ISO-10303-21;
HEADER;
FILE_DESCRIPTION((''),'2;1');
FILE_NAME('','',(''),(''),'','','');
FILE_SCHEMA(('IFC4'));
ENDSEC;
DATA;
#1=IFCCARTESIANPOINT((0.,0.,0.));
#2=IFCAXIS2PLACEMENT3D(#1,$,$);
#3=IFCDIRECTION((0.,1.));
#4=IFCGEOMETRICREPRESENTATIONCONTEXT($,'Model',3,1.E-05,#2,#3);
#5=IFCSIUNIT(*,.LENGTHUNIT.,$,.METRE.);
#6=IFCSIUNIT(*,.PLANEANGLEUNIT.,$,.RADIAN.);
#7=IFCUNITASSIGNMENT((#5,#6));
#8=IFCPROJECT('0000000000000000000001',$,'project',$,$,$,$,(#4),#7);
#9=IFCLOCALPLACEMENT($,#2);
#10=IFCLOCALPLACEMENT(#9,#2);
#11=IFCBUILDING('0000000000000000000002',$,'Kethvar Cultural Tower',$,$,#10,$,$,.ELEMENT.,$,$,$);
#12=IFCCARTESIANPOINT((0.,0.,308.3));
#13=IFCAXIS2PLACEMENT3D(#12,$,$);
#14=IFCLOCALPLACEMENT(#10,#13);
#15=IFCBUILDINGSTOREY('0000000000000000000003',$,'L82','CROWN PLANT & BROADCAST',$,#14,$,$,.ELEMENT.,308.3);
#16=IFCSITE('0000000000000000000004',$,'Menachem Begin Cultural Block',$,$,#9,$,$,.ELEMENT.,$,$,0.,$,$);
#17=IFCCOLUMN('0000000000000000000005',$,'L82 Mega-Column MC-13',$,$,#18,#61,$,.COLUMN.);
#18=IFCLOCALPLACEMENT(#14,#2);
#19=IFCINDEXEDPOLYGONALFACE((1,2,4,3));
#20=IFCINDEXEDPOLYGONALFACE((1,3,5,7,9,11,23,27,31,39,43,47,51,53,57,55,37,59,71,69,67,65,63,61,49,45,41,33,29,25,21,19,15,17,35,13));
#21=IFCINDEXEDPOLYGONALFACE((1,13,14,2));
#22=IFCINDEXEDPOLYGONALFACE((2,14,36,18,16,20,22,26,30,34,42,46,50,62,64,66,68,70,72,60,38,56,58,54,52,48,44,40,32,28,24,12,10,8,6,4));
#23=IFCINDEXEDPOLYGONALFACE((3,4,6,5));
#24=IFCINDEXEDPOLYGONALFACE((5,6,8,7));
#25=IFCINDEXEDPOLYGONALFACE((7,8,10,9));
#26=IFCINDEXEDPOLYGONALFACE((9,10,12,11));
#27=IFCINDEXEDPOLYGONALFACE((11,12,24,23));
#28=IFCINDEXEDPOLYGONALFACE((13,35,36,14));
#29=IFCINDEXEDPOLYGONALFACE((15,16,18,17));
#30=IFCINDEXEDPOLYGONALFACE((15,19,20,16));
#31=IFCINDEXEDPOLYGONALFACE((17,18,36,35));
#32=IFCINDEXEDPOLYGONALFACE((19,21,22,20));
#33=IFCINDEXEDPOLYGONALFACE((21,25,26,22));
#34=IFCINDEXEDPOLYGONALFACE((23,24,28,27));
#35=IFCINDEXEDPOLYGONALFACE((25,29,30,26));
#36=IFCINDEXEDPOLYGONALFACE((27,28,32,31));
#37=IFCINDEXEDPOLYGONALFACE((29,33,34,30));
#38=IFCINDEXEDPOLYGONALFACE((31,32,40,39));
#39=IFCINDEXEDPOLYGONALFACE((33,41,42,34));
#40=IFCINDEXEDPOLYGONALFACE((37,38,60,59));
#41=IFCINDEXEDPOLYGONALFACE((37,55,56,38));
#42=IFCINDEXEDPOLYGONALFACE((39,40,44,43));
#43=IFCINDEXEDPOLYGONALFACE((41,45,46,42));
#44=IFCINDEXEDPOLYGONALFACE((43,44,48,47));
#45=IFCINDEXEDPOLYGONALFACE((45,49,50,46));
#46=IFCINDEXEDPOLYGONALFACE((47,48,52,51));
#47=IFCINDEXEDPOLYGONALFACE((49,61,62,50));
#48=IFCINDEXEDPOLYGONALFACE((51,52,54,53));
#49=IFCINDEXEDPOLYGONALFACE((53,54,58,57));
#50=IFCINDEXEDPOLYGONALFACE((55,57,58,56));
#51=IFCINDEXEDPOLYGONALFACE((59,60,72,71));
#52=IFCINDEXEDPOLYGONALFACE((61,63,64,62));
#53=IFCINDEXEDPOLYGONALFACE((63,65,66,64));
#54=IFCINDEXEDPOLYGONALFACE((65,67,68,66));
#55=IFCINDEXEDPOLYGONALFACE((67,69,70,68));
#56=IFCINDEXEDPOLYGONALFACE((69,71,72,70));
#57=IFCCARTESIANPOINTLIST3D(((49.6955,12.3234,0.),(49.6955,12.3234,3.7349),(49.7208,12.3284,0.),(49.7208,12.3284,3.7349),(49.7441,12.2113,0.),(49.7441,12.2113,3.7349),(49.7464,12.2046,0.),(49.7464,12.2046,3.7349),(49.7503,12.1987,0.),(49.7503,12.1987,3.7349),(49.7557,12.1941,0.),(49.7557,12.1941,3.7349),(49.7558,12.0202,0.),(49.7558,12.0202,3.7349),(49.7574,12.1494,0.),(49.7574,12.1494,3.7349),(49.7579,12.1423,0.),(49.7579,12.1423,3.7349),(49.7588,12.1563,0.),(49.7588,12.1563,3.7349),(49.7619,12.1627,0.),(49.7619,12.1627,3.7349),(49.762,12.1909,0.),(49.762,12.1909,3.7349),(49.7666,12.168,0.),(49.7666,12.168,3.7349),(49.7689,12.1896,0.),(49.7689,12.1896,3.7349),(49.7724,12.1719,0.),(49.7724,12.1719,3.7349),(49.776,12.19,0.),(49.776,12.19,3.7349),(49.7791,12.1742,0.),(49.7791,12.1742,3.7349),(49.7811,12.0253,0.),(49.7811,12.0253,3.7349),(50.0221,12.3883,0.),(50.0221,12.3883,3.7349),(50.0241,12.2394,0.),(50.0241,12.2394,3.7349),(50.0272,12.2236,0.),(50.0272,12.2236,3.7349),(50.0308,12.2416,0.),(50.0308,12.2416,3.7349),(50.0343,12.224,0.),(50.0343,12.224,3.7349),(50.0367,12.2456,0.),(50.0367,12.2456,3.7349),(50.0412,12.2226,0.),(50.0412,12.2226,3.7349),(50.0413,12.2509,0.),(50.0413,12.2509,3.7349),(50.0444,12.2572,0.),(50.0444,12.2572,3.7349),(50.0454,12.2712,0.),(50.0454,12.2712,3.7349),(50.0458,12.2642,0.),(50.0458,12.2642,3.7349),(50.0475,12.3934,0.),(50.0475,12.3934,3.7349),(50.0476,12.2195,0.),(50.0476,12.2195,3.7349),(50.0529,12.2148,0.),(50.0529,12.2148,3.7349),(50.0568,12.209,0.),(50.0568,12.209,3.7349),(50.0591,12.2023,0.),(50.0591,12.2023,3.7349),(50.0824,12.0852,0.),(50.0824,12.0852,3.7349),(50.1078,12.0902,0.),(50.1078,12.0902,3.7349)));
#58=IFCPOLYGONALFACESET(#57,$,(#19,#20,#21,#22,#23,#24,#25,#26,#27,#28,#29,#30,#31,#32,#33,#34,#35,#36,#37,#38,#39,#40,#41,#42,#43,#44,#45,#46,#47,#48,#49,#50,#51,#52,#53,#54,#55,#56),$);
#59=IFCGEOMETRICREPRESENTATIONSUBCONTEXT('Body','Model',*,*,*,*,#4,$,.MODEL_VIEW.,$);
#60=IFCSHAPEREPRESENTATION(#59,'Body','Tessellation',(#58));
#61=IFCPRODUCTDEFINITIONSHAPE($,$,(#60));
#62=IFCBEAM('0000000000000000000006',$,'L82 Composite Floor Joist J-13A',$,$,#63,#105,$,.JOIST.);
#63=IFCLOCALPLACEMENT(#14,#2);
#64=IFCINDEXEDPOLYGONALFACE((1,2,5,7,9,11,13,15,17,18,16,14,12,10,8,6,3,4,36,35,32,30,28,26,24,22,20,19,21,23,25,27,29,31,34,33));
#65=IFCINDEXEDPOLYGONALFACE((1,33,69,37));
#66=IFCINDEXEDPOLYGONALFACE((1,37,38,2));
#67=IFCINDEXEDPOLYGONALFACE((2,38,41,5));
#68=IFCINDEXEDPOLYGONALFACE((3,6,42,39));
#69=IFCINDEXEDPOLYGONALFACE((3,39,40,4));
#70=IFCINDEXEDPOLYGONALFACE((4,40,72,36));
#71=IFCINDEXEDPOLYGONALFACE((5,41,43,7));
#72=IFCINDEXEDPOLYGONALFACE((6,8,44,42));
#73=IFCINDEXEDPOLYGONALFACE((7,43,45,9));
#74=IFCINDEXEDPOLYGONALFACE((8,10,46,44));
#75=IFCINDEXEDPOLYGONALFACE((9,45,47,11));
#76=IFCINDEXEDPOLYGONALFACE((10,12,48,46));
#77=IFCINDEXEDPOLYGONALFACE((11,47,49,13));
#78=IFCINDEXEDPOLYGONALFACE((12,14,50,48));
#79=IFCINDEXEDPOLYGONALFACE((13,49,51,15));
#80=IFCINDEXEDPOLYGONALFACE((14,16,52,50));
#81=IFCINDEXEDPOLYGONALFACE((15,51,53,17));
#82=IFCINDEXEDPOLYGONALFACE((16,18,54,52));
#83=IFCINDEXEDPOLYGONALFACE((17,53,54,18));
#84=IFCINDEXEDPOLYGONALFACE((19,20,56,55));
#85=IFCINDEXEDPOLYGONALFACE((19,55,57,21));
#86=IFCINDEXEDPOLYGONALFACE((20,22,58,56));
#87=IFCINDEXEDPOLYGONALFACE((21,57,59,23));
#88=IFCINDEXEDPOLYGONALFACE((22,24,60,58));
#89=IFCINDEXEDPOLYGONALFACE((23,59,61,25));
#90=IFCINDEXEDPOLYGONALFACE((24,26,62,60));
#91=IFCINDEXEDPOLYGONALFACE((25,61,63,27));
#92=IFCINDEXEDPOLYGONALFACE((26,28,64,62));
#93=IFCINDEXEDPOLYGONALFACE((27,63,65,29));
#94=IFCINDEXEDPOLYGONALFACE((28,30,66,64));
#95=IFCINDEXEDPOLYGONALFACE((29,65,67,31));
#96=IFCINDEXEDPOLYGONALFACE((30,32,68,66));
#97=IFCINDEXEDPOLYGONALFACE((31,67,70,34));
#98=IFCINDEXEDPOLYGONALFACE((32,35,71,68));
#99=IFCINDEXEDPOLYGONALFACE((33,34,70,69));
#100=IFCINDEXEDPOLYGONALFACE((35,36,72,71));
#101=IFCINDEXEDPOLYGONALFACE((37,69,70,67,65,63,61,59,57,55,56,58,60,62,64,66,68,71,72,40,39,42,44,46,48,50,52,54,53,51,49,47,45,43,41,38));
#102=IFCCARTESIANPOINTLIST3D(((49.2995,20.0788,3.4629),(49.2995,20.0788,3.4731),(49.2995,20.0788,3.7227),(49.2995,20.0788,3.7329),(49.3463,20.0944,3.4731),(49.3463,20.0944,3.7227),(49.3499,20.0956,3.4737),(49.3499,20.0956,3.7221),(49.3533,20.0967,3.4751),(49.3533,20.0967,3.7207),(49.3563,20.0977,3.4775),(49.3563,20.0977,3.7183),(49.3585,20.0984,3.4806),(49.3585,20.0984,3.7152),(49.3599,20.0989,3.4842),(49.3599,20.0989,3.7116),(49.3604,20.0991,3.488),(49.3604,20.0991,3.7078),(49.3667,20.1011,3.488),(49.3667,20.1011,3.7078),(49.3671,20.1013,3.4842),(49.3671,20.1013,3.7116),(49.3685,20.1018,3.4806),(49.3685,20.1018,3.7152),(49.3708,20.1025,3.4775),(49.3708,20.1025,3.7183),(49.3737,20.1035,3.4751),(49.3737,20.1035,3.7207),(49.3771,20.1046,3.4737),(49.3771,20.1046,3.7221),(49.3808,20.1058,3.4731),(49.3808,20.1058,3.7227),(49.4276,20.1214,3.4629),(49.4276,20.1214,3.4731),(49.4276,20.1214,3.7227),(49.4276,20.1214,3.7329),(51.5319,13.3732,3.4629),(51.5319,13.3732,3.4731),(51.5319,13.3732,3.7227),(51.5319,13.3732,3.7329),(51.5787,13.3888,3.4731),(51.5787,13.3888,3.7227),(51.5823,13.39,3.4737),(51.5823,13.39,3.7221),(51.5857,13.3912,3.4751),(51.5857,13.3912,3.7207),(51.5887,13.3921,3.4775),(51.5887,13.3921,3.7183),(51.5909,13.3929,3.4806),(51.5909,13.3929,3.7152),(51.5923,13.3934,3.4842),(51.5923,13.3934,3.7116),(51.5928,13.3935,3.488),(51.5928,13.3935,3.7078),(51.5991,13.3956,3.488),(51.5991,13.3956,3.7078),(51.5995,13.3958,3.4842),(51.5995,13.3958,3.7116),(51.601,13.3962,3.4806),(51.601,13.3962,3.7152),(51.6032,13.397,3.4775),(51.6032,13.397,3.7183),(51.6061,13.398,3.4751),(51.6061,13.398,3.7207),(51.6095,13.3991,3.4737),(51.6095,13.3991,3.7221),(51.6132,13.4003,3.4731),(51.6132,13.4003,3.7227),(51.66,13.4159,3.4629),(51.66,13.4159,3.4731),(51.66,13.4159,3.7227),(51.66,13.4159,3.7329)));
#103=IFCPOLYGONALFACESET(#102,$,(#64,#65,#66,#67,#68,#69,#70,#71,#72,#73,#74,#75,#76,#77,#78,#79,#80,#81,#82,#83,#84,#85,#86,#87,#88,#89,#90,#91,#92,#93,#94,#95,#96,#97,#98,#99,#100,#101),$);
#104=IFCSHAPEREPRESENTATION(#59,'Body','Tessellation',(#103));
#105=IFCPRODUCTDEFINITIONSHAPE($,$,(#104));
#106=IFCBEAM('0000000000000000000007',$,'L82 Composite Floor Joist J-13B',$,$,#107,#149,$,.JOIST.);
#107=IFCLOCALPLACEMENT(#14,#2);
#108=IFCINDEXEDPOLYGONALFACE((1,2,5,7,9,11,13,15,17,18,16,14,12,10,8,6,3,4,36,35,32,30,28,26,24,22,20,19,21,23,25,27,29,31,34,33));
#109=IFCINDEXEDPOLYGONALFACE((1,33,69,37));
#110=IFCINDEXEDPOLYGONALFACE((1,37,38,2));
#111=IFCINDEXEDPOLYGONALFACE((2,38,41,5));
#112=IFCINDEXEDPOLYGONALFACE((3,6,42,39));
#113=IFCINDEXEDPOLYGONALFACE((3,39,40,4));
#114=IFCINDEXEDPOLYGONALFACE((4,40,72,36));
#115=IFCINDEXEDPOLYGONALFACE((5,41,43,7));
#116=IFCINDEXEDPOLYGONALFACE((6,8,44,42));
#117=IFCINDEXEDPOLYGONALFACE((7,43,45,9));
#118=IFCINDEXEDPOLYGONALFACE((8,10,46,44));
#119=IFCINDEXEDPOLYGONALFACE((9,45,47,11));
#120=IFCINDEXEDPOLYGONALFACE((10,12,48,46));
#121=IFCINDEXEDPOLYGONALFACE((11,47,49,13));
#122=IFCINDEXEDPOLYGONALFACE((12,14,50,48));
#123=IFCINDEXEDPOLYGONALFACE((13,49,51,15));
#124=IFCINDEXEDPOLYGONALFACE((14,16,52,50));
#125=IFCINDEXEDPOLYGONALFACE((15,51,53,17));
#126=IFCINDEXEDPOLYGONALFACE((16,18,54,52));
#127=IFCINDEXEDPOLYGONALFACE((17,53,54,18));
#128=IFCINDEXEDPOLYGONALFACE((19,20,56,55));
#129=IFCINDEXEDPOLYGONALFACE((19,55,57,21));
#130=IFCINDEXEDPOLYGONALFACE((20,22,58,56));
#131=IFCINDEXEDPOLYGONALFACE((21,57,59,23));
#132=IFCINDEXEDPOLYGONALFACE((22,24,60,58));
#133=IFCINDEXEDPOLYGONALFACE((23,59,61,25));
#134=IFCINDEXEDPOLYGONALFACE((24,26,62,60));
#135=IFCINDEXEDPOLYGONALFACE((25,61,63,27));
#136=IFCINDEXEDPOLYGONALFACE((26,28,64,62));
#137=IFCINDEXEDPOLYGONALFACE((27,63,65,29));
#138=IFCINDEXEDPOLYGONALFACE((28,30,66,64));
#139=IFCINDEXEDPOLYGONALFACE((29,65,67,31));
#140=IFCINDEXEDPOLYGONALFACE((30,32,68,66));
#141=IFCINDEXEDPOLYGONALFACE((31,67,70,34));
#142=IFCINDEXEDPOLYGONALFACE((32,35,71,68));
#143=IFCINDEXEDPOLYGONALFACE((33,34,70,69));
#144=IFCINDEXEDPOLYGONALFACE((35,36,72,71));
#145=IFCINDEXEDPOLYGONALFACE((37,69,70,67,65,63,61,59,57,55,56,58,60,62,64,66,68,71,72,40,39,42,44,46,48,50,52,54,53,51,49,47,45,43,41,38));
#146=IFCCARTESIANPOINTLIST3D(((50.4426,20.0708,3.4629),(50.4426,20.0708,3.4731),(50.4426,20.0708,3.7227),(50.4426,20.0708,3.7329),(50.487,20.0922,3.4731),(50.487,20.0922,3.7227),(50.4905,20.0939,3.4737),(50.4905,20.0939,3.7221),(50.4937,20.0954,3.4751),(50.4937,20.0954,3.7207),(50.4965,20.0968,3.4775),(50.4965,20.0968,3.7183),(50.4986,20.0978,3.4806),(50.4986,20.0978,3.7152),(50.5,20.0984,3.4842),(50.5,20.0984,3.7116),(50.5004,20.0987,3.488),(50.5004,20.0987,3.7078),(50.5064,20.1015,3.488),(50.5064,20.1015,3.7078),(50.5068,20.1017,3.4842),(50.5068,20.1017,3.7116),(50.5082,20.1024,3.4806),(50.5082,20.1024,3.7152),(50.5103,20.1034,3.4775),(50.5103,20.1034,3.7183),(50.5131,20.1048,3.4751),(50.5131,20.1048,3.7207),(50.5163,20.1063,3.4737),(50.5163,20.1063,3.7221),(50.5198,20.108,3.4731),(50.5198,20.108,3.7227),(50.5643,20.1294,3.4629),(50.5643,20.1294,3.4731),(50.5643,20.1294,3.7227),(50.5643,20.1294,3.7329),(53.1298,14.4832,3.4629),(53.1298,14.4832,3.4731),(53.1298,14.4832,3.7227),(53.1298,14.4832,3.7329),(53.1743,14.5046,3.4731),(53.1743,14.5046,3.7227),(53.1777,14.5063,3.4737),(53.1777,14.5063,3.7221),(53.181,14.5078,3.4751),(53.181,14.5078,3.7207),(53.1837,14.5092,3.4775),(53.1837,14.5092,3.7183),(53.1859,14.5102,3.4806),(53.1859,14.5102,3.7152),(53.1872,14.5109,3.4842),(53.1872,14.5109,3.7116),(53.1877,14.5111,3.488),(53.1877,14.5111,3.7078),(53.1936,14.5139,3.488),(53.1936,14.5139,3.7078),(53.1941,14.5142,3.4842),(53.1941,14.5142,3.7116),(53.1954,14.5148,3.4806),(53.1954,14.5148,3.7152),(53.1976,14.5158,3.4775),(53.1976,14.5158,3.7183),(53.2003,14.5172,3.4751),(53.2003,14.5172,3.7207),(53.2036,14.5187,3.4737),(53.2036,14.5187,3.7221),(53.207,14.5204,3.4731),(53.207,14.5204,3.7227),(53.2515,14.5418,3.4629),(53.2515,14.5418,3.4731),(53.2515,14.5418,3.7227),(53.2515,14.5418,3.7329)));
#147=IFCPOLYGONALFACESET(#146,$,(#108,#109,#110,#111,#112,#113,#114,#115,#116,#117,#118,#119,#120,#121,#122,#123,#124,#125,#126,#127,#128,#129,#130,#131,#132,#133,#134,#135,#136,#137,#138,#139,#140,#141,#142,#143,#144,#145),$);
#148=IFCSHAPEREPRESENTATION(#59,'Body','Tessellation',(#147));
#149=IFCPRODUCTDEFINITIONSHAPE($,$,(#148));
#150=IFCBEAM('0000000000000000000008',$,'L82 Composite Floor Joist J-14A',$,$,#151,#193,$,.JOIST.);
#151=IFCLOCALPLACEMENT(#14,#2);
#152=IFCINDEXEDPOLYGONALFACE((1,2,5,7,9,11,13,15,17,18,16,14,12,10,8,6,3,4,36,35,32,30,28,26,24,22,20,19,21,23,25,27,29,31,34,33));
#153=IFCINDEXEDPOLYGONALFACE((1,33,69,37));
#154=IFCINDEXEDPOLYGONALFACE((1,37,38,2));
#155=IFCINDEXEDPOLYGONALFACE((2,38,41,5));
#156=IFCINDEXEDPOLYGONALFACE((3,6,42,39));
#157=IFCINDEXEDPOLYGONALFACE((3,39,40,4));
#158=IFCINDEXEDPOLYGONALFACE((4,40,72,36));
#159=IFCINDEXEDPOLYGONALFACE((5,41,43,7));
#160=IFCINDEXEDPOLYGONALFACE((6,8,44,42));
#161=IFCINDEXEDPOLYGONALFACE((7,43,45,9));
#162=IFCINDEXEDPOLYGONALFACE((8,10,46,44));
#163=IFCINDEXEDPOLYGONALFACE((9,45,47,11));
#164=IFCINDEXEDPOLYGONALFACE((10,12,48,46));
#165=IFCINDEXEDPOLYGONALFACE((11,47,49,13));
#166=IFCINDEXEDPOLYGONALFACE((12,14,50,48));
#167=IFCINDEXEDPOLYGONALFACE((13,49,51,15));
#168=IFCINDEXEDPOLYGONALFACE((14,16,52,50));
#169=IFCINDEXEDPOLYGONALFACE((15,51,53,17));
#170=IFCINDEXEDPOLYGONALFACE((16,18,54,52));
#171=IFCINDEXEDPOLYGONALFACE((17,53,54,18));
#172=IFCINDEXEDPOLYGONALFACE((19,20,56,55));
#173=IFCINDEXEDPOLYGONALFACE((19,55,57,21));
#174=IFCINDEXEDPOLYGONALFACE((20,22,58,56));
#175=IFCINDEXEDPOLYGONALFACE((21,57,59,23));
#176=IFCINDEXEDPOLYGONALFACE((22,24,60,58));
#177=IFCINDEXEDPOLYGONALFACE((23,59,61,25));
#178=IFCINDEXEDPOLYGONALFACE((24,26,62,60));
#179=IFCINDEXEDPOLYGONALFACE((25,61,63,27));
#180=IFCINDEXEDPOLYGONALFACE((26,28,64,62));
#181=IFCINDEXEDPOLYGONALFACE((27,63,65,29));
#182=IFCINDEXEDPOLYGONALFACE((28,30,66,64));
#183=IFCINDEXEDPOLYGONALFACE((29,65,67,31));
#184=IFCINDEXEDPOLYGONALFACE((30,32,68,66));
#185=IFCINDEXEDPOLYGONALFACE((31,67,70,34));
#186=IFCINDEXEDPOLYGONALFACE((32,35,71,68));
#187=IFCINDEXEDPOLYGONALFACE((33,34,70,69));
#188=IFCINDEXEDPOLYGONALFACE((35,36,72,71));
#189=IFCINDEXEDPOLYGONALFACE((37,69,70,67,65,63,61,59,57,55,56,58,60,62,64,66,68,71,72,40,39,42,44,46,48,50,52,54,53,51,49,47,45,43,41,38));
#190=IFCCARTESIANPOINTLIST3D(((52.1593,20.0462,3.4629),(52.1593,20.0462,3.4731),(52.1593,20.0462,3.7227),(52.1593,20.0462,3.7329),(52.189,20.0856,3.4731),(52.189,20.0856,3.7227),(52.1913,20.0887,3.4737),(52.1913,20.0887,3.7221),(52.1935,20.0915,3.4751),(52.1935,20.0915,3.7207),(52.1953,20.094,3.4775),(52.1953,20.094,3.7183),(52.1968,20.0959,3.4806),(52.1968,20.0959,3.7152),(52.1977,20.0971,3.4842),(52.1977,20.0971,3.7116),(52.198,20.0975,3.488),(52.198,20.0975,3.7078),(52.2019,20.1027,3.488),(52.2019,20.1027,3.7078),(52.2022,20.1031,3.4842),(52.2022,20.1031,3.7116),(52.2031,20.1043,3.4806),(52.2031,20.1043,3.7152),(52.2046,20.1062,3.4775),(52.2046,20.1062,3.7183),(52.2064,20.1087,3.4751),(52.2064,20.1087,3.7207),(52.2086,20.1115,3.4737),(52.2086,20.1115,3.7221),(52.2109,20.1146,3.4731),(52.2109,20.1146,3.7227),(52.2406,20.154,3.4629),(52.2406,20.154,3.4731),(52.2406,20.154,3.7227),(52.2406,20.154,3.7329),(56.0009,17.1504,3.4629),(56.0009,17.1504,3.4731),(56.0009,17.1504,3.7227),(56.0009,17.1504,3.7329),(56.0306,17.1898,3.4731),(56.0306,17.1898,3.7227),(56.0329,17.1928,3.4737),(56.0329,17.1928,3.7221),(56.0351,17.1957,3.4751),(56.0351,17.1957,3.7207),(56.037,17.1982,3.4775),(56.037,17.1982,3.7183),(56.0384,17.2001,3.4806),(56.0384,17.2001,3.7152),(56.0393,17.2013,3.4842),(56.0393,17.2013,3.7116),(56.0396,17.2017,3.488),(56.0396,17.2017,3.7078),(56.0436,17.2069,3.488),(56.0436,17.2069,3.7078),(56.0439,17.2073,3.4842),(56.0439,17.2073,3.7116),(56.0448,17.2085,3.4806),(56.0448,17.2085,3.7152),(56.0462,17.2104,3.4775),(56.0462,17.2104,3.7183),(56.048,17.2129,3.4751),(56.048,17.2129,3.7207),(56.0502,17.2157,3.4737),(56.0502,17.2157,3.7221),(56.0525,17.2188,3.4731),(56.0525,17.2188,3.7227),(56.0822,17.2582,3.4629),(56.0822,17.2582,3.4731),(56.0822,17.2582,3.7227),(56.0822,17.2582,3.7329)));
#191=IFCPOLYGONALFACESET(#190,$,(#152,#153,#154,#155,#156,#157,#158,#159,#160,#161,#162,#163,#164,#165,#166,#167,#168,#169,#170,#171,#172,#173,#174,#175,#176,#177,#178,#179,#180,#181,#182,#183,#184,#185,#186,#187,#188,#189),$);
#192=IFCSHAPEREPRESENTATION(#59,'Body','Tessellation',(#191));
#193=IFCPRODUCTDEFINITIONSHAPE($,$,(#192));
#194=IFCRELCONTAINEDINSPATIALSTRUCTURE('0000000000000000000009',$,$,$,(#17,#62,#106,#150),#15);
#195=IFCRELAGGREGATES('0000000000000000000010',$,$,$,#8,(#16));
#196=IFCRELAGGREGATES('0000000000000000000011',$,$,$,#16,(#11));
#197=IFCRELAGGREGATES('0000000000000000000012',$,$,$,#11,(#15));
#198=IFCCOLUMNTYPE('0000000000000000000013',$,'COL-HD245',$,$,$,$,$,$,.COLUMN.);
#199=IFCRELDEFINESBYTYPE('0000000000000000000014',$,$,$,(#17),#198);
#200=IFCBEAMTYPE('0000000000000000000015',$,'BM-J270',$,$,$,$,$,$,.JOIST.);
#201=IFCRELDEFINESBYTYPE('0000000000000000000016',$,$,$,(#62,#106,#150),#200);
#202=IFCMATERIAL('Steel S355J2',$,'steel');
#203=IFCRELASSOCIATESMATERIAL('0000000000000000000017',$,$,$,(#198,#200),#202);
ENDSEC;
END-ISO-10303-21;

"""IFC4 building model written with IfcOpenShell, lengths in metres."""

from ifc_helpers import new_model, si_unit, direction, frame, origin, origin_2d, place, context, subcontext, project, spatial, i_section, extrude, source, transform, mapped, material, material_profile, profile_set, type_object, element, save


model = new_model("IFC4")

# Units and contexts
model_context = context("Model", 3, precision=1e-05, world=origin(), true_north=direction((0.0, 1.0)))
body_context = subcontext(model_context, "Body", "Model", "MODEL_VIEW")
ifc_project = project(units=[si_unit("LENGTHUNIT", "METRE"), si_unit("PLANEANGLEUNIT", "RADIAN")], contexts=[model_context])

# Site, building, storey
site_placement = place(None, origin())
site = spatial("IfcSite", under=ifc_project, at=site_placement, Name="Menachem Begin Cultural Block", CompositionType="ELEMENT", RefElevation=0.0)
building_placement = place(site_placement, origin())
building = spatial("IfcBuilding", under=site, at=building_placement, Name="Kethvar Cultural Tower", CompositionType="ELEMENT")
storey_placement = place(building_placement, frame((0.0, 0.0, 308.3)))
storey = spatial("IfcBuildingStorey", under=building, at=storey_placement, Name="L82", Description="CROWN PLANT & BROADCAST", CompositionType="ELEMENT", Elevation=308.3)

# Column
ifc_material_1 = material(Name="Steel S355J2", Category="steel")
ifc_material_profile_1 = material_profile(ifc_material_1, i_section(OverallWidth=0.3091, OverallDepth=0.3589, WebThickness=0.0161, FlangeThickness=0.0259, FilletRadius=0.0271, at=origin_2d()), Name="Steel S355J2 — HD320x245")
ifc_profile_set_1 = profile_set([ifc_material_profile_1], Name="Steel S355J2 — HD320x245")
column_type = type_object("IfcColumnType", Name="COL-HD245", PredefinedType="COLUMN", material=ifc_profile_set_1)
shared_shape_1 = source(origin(), body_context, "Body", "SweptSolid", [
    extrude(i_section(OverallWidth=0.3091, OverallDepth=0.3589, WebThickness=0.0161, FlangeThickness=0.0259, FilletRadius=0.0271, at=origin_2d()), origin(), (0.0, 0.0, 1.0), 3.7349),
])
column_placement = place(storey_placement, frame((49.9016, 12.2068, 0.0), z_axis=(0.0, 0.0, 1.0), x_axis=(0.19509, -0.980785, 0.0)))
element("IfcColumn", 1, at=column_placement, inside=storey, type_object=column_type, Name="L82 Mega-Column MC-13", PredefinedType="COLUMN", context=body_context, shape_type="MappedRepresentation", body=[
    mapped(shared_shape_1, transform((0.0, 0.0, 0.0), scale=1.0)),
])

# Beams
ifc_material_profile_2 = material_profile(ifc_material_1, i_section(OverallWidth=0.135, OverallDepth=0.27, WebThickness=0.0066, FlangeThickness=0.0103, FilletRadius=0.0149, at=origin_2d()), Name="Steel S355J2 — IPE270")
ifc_profile_set_2 = profile_set([ifc_material_profile_2], Name="Steel S355J2 — IPE270")
beam_type_1 = type_object("IfcBeamType", Name="BM-J270", PredefinedType="JOIST", material=ifc_profile_set_2)
shared_shape_2 = source(origin(), body_context, "Body", "SweptSolid", [
    extrude(i_section(OverallWidth=0.135, OverallDepth=0.27, WebThickness=0.0066, FlangeThickness=0.0103, FilletRadius=0.0149, at=origin_2d()), origin(), (0.0, 0.0, 1.0), 7.0674),
])
beam_1_placement = place(storey_placement, frame((49.3635, 20.1001, 3.5979), z_axis=(0.315875, -0.948801, 0.0), x_axis=(0.948801, 0.315875, 0.0)))
element("IfcBeam", 2, at=beam_1_placement, inside=storey, type_object=beam_type_1, Name="L82 Composite Floor Joist J-13A", PredefinedType="JOIST", context=body_context, shape_type="MappedRepresentation", body=[
    mapped(shared_shape_2, transform((0.0, 0.0, 0.0), scale=1.0)),
])
shared_shape_3 = source(origin(), body_context, "Body", "SweptSolid", [
    extrude(i_section(OverallWidth=0.135, OverallDepth=0.27, WebThickness=0.0066, FlangeThickness=0.0103, FilletRadius=0.0149, at=origin_2d()), origin(), (0.0, 0.0, 1.0), 6.2002),
])
beam_2_placement = place(storey_placement, frame((50.5034, 20.1001, 3.5979), z_axis=(0.433411, -0.901197, 0.0), x_axis=(0.901197, 0.433411, 0.0)))
element("IfcBeam", 3, at=beam_2_placement, inside=storey, type_object=beam_type_1, Name="L82 Composite Floor Joist J-13B", PredefinedType="JOIST", context=body_context, shape_type="MappedRepresentation", body=[
    mapped(shared_shape_3, transform((0.0, 0.0, 0.0), scale=1.0)),
])
shared_shape_4 = source(origin(), body_context, "Body", "SweptSolid", [
    extrude(i_section(OverallWidth=0.135, OverallDepth=0.27, WebThickness=0.0066, FlangeThickness=0.0103, FilletRadius=0.0149, at=origin_2d()), origin(), (0.0, 0.0, 1.0), 4.8108),
])
beam_3_placement = place(storey_placement, frame((52.2, 20.1001, 3.5979), z_axis=(0.798542, -0.601939, 0.0), x_axis=(0.601939, 0.798542, 0.0)))
element("IfcBeam", 4, at=beam_3_placement, inside=storey, type_object=beam_type_1, Name="L82 Composite Floor Joist J-14A", PredefinedType="JOIST", context=body_context, shape_type="MappedRepresentation", body=[
    mapped(shared_shape_4, transform((0.0, 0.0, 0.0), scale=1.0)),
])

save(model, "model.ifc")
